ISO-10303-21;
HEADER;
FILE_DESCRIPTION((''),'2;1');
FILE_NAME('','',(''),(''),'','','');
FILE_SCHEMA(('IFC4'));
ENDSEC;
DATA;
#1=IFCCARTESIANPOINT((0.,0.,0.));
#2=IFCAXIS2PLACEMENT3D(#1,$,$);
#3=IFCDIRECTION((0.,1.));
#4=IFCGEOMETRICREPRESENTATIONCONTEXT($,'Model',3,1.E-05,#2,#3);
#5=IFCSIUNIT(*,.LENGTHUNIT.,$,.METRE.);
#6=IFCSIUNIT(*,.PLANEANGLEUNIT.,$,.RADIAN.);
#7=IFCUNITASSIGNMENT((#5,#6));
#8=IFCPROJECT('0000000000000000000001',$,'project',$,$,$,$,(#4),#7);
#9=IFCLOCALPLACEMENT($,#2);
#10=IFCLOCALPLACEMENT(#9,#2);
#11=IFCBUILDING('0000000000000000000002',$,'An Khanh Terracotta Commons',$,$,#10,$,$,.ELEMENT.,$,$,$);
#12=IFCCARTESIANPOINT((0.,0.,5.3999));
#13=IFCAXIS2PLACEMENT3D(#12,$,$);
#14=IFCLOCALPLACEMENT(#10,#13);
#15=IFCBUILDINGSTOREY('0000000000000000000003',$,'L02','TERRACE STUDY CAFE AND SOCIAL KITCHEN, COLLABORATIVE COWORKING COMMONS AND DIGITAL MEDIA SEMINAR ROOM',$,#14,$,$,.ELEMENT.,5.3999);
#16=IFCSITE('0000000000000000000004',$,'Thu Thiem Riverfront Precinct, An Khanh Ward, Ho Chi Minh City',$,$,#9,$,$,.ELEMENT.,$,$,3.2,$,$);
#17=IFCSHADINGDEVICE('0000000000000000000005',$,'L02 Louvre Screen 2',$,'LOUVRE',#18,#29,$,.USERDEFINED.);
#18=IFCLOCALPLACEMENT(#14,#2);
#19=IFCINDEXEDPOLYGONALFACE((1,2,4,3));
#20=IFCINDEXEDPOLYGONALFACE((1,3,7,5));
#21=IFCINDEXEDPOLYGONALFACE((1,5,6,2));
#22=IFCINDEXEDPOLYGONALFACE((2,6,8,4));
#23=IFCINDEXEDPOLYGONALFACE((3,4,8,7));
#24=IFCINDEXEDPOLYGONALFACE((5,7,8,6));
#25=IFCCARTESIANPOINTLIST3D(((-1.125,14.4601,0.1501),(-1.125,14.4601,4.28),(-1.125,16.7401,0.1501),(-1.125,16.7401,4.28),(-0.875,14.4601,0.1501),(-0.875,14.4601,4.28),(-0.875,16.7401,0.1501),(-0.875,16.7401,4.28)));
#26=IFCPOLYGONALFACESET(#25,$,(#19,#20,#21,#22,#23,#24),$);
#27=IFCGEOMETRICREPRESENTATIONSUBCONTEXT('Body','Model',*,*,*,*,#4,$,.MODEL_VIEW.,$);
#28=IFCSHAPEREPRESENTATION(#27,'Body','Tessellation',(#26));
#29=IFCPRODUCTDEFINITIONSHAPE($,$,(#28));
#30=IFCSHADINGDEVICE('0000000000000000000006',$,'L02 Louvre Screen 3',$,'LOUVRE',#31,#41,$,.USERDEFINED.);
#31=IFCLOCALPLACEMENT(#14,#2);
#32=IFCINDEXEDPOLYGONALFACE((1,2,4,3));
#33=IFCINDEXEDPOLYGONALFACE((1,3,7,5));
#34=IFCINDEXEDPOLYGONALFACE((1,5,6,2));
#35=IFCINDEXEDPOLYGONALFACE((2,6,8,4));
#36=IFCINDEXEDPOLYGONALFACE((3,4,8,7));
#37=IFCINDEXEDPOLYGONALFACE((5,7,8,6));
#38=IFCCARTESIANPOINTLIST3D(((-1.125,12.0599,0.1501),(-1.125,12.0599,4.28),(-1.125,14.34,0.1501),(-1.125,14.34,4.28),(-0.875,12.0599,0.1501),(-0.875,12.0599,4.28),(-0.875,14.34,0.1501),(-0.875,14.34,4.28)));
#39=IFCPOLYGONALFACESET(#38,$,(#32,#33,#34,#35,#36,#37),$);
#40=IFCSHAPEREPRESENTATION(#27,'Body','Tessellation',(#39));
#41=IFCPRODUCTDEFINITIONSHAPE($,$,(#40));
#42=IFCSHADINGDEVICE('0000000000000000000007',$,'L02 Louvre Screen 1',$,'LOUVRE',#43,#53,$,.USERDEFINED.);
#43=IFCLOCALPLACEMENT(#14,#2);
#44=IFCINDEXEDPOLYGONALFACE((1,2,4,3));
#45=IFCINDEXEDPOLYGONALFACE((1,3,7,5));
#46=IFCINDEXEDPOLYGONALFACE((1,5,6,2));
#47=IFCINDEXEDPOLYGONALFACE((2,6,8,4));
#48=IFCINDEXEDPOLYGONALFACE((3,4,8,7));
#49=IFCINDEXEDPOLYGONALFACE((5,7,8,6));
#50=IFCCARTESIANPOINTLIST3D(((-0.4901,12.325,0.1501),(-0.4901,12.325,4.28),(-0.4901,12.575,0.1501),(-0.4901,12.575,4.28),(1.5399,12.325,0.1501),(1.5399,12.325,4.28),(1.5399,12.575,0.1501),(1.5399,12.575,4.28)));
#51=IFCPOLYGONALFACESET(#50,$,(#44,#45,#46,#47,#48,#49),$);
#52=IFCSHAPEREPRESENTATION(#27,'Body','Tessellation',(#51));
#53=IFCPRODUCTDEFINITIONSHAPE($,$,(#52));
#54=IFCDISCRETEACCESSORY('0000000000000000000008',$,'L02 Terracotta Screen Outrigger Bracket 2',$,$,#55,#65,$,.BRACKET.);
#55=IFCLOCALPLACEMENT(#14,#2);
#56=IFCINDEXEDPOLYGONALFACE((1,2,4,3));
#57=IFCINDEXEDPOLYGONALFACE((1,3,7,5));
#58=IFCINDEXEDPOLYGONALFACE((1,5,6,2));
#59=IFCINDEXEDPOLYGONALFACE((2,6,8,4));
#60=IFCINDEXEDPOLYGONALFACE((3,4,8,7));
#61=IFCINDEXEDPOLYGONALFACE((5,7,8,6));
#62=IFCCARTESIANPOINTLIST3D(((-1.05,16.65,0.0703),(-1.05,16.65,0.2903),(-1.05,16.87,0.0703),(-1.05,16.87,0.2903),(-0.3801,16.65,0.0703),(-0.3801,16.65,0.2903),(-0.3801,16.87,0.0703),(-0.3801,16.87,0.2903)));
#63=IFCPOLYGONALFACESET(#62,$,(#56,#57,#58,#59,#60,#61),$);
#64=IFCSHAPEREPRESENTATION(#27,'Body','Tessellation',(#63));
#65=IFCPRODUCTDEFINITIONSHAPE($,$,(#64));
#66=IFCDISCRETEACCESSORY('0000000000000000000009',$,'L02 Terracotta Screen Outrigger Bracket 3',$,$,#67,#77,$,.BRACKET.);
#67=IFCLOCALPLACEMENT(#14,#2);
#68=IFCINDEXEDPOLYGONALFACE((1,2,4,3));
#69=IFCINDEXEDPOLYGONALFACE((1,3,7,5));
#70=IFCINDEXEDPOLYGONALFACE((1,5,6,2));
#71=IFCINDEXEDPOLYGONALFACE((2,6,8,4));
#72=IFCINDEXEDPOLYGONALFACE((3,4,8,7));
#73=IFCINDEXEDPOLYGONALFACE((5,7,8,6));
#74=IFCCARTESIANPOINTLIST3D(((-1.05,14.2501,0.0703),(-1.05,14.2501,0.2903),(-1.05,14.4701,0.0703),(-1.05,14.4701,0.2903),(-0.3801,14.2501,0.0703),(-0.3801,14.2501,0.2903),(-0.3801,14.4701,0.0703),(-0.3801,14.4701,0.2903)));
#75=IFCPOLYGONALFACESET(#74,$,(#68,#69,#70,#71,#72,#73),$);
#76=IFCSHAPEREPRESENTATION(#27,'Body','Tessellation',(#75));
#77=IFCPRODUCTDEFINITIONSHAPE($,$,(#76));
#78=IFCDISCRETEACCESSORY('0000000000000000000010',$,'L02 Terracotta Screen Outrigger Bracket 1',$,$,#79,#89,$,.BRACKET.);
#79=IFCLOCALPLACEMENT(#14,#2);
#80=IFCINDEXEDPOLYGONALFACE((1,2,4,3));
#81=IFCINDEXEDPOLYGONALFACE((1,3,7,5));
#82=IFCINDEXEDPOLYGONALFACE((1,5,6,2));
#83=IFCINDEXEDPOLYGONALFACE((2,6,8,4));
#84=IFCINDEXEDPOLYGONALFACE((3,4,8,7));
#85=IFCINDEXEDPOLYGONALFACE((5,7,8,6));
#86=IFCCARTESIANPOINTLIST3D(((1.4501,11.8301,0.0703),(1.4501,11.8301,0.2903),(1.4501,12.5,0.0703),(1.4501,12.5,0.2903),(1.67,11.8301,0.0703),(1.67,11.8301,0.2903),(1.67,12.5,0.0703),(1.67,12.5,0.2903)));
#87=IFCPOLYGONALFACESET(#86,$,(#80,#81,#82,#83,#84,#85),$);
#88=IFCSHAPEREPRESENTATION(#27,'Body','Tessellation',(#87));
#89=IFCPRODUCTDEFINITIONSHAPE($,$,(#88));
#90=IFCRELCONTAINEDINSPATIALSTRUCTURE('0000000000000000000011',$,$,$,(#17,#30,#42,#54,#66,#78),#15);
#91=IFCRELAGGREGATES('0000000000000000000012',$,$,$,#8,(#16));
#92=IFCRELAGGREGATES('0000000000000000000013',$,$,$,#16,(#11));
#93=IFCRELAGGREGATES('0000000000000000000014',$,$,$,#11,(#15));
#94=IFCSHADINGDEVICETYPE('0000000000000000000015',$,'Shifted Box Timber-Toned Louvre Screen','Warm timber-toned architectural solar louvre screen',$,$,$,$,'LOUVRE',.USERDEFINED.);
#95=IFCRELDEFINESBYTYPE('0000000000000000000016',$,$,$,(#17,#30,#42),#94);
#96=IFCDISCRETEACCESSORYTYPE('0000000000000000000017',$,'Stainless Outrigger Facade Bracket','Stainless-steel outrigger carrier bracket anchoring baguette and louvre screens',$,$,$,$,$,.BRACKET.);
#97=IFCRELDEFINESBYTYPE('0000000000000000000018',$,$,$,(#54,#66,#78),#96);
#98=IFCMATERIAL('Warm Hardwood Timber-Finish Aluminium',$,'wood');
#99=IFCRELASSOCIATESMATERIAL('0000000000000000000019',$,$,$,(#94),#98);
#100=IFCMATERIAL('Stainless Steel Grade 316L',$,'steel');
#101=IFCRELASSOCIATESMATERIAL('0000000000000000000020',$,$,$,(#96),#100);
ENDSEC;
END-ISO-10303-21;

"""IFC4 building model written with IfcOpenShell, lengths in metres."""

from ifc_helpers import new_model, si_unit, direction, frame, origin, origin_2d, place, context, subcontext, project, spatial, rectangle, extrude, material, type_object, element, save


model = new_model("IFC4")

# Units and contexts
model_context = context("Model", 3, precision=1e-05, world=origin(), true_north=direction((0.0, 1.0)))
body_context = subcontext(model_context, "Body", "Model", "MODEL_VIEW")
ifc_project = project(units=[si_unit("LENGTHUNIT", "METRE"), si_unit("PLANEANGLEUNIT", "RADIAN")], contexts=[model_context])

# Site, building, storey
site_placement = place(None, origin())
site = spatial("IfcSite", under=ifc_project, at=site_placement, Name="Thu Thiem Riverfront Precinct, An Khanh Ward, Ho Chi Minh City", CompositionType="ELEMENT", RefElevation=3.2)
building_placement = place(site_placement, origin())
building = spatial("IfcBuilding", under=site, at=building_placement, Name="An Khanh Terracotta Commons", CompositionType="ELEMENT")
storey_placement = place(building_placement, frame((0.0, 0.0, 5.3999)))
storey = spatial("IfcBuildingStorey", under=building, at=storey_placement, Name="L02", Description="TERRACE STUDY CAFE AND SOCIAL KITCHEN, COLLABORATIVE COWORKING COMMONS AND DIGITAL MEDIA SEMINAR ROOM", CompositionType="ELEMENT", Elevation=5.3999)

# Shading devices
ifc_material_1 = material(Name="Warm Hardwood Timber-Finish Aluminium", Category="wood")
shading_device_type = type_object("IfcShadingDeviceType", Name="Shifted Box Timber-Toned Louvre Screen", Description="Warm timber-toned architectural solar louvre screen", ElementType="LOUVRE", PredefinedType="USERDEFINED", material=ifc_material_1)
for number, where, z_axis, x_axis, name in (
    (1, (-1.0, 15.6001, 0.1501), (0.0, 0.0, 1.0), (0.0, -1.0, 0.0), "L02 Louvre Screen 2"),
    (2, (-1.0, 13.2, 0.1501), (0.0, 0.0, 1.0), (0.0, -1.0, 0.0), "L02 Louvre Screen 3"),
):
    element("IfcShadingDevice", number, at=place(storey_placement, frame(where, z_axis=z_axis, x_axis=x_axis)), inside=storey, type_object=shading_device_type, Name=name, ObjectType="LOUVRE", PredefinedType="USERDEFINED", context=body_context, shape_type="SweptSolid", body=[
        extrude(rectangle(XDim=2.28, YDim=0.25, at=origin_2d()), origin(), (0.0, 0.0, 1.0), 4.1299),
    ])
shading_device_placement = place(storey_placement, frame((0.5249, 12.45, 0.1501), z_axis=(0.0, 0.0, 1.0), x_axis=(-1.0, 0.0, 0.0)))
element("IfcShadingDevice", 3, at=shading_device_placement, inside=storey, type_object=shading_device_type, Name="L02 Louvre Screen 1", ObjectType="LOUVRE", PredefinedType="USERDEFINED", context=body_context, shape_type="SweptSolid", body=[
    extrude(rectangle(XDim=2.03, YDim=0.25, at=origin_2d()), origin(), (0.0, 0.0, 1.0), 4.1299),
])

# Discrete accessories
ifc_material_2 = material(Name="Stainless Steel Grade 316L", Category="steel")
discrete_accessory_type = type_object("IfcDiscreteAccessoryType", Name="Stainless Outrigger Facade Bracket", Description="Stainless-steel outrigger carrier bracket anchoring baguette and louvre screens", PredefinedType="BRACKET", material=ifc_material_2)
for number, where, z_axis, x_axis, name in (
    (4, (-0.7151, 16.76, 0.0703), (0.0, 0.0, 1.0), (0.0, -1.0, 0.0), "L02 Terracotta Screen Outrigger Bracket 2"),
    (5, (-0.7151, 14.3601, 0.0703), (0.0, 0.0, 1.0), (0.0, -1.0, 0.0), "L02 Terracotta Screen Outrigger Bracket 3"),
    (6, (1.5601, 12.165, 0.0703), (0.0, 0.0, 1.0), (-1.0, 0.0, 0.0), "L02 Terracotta Screen Outrigger Bracket 1"),
):
    element("IfcDiscreteAccessory", number, at=place(storey_placement, frame(where, z_axis=z_axis, x_axis=x_axis)), inside=storey, type_object=discrete_accessory_type, Name=name, PredefinedType="BRACKET", context=body_context, shape_type="SweptSolid", body=[
        extrude(rectangle(XDim=0.22, YDim=0.6699, at=origin_2d()), origin(), (0.0, 0.0, 1.0), 0.22),
    ])

save(model, "model.ifc")
